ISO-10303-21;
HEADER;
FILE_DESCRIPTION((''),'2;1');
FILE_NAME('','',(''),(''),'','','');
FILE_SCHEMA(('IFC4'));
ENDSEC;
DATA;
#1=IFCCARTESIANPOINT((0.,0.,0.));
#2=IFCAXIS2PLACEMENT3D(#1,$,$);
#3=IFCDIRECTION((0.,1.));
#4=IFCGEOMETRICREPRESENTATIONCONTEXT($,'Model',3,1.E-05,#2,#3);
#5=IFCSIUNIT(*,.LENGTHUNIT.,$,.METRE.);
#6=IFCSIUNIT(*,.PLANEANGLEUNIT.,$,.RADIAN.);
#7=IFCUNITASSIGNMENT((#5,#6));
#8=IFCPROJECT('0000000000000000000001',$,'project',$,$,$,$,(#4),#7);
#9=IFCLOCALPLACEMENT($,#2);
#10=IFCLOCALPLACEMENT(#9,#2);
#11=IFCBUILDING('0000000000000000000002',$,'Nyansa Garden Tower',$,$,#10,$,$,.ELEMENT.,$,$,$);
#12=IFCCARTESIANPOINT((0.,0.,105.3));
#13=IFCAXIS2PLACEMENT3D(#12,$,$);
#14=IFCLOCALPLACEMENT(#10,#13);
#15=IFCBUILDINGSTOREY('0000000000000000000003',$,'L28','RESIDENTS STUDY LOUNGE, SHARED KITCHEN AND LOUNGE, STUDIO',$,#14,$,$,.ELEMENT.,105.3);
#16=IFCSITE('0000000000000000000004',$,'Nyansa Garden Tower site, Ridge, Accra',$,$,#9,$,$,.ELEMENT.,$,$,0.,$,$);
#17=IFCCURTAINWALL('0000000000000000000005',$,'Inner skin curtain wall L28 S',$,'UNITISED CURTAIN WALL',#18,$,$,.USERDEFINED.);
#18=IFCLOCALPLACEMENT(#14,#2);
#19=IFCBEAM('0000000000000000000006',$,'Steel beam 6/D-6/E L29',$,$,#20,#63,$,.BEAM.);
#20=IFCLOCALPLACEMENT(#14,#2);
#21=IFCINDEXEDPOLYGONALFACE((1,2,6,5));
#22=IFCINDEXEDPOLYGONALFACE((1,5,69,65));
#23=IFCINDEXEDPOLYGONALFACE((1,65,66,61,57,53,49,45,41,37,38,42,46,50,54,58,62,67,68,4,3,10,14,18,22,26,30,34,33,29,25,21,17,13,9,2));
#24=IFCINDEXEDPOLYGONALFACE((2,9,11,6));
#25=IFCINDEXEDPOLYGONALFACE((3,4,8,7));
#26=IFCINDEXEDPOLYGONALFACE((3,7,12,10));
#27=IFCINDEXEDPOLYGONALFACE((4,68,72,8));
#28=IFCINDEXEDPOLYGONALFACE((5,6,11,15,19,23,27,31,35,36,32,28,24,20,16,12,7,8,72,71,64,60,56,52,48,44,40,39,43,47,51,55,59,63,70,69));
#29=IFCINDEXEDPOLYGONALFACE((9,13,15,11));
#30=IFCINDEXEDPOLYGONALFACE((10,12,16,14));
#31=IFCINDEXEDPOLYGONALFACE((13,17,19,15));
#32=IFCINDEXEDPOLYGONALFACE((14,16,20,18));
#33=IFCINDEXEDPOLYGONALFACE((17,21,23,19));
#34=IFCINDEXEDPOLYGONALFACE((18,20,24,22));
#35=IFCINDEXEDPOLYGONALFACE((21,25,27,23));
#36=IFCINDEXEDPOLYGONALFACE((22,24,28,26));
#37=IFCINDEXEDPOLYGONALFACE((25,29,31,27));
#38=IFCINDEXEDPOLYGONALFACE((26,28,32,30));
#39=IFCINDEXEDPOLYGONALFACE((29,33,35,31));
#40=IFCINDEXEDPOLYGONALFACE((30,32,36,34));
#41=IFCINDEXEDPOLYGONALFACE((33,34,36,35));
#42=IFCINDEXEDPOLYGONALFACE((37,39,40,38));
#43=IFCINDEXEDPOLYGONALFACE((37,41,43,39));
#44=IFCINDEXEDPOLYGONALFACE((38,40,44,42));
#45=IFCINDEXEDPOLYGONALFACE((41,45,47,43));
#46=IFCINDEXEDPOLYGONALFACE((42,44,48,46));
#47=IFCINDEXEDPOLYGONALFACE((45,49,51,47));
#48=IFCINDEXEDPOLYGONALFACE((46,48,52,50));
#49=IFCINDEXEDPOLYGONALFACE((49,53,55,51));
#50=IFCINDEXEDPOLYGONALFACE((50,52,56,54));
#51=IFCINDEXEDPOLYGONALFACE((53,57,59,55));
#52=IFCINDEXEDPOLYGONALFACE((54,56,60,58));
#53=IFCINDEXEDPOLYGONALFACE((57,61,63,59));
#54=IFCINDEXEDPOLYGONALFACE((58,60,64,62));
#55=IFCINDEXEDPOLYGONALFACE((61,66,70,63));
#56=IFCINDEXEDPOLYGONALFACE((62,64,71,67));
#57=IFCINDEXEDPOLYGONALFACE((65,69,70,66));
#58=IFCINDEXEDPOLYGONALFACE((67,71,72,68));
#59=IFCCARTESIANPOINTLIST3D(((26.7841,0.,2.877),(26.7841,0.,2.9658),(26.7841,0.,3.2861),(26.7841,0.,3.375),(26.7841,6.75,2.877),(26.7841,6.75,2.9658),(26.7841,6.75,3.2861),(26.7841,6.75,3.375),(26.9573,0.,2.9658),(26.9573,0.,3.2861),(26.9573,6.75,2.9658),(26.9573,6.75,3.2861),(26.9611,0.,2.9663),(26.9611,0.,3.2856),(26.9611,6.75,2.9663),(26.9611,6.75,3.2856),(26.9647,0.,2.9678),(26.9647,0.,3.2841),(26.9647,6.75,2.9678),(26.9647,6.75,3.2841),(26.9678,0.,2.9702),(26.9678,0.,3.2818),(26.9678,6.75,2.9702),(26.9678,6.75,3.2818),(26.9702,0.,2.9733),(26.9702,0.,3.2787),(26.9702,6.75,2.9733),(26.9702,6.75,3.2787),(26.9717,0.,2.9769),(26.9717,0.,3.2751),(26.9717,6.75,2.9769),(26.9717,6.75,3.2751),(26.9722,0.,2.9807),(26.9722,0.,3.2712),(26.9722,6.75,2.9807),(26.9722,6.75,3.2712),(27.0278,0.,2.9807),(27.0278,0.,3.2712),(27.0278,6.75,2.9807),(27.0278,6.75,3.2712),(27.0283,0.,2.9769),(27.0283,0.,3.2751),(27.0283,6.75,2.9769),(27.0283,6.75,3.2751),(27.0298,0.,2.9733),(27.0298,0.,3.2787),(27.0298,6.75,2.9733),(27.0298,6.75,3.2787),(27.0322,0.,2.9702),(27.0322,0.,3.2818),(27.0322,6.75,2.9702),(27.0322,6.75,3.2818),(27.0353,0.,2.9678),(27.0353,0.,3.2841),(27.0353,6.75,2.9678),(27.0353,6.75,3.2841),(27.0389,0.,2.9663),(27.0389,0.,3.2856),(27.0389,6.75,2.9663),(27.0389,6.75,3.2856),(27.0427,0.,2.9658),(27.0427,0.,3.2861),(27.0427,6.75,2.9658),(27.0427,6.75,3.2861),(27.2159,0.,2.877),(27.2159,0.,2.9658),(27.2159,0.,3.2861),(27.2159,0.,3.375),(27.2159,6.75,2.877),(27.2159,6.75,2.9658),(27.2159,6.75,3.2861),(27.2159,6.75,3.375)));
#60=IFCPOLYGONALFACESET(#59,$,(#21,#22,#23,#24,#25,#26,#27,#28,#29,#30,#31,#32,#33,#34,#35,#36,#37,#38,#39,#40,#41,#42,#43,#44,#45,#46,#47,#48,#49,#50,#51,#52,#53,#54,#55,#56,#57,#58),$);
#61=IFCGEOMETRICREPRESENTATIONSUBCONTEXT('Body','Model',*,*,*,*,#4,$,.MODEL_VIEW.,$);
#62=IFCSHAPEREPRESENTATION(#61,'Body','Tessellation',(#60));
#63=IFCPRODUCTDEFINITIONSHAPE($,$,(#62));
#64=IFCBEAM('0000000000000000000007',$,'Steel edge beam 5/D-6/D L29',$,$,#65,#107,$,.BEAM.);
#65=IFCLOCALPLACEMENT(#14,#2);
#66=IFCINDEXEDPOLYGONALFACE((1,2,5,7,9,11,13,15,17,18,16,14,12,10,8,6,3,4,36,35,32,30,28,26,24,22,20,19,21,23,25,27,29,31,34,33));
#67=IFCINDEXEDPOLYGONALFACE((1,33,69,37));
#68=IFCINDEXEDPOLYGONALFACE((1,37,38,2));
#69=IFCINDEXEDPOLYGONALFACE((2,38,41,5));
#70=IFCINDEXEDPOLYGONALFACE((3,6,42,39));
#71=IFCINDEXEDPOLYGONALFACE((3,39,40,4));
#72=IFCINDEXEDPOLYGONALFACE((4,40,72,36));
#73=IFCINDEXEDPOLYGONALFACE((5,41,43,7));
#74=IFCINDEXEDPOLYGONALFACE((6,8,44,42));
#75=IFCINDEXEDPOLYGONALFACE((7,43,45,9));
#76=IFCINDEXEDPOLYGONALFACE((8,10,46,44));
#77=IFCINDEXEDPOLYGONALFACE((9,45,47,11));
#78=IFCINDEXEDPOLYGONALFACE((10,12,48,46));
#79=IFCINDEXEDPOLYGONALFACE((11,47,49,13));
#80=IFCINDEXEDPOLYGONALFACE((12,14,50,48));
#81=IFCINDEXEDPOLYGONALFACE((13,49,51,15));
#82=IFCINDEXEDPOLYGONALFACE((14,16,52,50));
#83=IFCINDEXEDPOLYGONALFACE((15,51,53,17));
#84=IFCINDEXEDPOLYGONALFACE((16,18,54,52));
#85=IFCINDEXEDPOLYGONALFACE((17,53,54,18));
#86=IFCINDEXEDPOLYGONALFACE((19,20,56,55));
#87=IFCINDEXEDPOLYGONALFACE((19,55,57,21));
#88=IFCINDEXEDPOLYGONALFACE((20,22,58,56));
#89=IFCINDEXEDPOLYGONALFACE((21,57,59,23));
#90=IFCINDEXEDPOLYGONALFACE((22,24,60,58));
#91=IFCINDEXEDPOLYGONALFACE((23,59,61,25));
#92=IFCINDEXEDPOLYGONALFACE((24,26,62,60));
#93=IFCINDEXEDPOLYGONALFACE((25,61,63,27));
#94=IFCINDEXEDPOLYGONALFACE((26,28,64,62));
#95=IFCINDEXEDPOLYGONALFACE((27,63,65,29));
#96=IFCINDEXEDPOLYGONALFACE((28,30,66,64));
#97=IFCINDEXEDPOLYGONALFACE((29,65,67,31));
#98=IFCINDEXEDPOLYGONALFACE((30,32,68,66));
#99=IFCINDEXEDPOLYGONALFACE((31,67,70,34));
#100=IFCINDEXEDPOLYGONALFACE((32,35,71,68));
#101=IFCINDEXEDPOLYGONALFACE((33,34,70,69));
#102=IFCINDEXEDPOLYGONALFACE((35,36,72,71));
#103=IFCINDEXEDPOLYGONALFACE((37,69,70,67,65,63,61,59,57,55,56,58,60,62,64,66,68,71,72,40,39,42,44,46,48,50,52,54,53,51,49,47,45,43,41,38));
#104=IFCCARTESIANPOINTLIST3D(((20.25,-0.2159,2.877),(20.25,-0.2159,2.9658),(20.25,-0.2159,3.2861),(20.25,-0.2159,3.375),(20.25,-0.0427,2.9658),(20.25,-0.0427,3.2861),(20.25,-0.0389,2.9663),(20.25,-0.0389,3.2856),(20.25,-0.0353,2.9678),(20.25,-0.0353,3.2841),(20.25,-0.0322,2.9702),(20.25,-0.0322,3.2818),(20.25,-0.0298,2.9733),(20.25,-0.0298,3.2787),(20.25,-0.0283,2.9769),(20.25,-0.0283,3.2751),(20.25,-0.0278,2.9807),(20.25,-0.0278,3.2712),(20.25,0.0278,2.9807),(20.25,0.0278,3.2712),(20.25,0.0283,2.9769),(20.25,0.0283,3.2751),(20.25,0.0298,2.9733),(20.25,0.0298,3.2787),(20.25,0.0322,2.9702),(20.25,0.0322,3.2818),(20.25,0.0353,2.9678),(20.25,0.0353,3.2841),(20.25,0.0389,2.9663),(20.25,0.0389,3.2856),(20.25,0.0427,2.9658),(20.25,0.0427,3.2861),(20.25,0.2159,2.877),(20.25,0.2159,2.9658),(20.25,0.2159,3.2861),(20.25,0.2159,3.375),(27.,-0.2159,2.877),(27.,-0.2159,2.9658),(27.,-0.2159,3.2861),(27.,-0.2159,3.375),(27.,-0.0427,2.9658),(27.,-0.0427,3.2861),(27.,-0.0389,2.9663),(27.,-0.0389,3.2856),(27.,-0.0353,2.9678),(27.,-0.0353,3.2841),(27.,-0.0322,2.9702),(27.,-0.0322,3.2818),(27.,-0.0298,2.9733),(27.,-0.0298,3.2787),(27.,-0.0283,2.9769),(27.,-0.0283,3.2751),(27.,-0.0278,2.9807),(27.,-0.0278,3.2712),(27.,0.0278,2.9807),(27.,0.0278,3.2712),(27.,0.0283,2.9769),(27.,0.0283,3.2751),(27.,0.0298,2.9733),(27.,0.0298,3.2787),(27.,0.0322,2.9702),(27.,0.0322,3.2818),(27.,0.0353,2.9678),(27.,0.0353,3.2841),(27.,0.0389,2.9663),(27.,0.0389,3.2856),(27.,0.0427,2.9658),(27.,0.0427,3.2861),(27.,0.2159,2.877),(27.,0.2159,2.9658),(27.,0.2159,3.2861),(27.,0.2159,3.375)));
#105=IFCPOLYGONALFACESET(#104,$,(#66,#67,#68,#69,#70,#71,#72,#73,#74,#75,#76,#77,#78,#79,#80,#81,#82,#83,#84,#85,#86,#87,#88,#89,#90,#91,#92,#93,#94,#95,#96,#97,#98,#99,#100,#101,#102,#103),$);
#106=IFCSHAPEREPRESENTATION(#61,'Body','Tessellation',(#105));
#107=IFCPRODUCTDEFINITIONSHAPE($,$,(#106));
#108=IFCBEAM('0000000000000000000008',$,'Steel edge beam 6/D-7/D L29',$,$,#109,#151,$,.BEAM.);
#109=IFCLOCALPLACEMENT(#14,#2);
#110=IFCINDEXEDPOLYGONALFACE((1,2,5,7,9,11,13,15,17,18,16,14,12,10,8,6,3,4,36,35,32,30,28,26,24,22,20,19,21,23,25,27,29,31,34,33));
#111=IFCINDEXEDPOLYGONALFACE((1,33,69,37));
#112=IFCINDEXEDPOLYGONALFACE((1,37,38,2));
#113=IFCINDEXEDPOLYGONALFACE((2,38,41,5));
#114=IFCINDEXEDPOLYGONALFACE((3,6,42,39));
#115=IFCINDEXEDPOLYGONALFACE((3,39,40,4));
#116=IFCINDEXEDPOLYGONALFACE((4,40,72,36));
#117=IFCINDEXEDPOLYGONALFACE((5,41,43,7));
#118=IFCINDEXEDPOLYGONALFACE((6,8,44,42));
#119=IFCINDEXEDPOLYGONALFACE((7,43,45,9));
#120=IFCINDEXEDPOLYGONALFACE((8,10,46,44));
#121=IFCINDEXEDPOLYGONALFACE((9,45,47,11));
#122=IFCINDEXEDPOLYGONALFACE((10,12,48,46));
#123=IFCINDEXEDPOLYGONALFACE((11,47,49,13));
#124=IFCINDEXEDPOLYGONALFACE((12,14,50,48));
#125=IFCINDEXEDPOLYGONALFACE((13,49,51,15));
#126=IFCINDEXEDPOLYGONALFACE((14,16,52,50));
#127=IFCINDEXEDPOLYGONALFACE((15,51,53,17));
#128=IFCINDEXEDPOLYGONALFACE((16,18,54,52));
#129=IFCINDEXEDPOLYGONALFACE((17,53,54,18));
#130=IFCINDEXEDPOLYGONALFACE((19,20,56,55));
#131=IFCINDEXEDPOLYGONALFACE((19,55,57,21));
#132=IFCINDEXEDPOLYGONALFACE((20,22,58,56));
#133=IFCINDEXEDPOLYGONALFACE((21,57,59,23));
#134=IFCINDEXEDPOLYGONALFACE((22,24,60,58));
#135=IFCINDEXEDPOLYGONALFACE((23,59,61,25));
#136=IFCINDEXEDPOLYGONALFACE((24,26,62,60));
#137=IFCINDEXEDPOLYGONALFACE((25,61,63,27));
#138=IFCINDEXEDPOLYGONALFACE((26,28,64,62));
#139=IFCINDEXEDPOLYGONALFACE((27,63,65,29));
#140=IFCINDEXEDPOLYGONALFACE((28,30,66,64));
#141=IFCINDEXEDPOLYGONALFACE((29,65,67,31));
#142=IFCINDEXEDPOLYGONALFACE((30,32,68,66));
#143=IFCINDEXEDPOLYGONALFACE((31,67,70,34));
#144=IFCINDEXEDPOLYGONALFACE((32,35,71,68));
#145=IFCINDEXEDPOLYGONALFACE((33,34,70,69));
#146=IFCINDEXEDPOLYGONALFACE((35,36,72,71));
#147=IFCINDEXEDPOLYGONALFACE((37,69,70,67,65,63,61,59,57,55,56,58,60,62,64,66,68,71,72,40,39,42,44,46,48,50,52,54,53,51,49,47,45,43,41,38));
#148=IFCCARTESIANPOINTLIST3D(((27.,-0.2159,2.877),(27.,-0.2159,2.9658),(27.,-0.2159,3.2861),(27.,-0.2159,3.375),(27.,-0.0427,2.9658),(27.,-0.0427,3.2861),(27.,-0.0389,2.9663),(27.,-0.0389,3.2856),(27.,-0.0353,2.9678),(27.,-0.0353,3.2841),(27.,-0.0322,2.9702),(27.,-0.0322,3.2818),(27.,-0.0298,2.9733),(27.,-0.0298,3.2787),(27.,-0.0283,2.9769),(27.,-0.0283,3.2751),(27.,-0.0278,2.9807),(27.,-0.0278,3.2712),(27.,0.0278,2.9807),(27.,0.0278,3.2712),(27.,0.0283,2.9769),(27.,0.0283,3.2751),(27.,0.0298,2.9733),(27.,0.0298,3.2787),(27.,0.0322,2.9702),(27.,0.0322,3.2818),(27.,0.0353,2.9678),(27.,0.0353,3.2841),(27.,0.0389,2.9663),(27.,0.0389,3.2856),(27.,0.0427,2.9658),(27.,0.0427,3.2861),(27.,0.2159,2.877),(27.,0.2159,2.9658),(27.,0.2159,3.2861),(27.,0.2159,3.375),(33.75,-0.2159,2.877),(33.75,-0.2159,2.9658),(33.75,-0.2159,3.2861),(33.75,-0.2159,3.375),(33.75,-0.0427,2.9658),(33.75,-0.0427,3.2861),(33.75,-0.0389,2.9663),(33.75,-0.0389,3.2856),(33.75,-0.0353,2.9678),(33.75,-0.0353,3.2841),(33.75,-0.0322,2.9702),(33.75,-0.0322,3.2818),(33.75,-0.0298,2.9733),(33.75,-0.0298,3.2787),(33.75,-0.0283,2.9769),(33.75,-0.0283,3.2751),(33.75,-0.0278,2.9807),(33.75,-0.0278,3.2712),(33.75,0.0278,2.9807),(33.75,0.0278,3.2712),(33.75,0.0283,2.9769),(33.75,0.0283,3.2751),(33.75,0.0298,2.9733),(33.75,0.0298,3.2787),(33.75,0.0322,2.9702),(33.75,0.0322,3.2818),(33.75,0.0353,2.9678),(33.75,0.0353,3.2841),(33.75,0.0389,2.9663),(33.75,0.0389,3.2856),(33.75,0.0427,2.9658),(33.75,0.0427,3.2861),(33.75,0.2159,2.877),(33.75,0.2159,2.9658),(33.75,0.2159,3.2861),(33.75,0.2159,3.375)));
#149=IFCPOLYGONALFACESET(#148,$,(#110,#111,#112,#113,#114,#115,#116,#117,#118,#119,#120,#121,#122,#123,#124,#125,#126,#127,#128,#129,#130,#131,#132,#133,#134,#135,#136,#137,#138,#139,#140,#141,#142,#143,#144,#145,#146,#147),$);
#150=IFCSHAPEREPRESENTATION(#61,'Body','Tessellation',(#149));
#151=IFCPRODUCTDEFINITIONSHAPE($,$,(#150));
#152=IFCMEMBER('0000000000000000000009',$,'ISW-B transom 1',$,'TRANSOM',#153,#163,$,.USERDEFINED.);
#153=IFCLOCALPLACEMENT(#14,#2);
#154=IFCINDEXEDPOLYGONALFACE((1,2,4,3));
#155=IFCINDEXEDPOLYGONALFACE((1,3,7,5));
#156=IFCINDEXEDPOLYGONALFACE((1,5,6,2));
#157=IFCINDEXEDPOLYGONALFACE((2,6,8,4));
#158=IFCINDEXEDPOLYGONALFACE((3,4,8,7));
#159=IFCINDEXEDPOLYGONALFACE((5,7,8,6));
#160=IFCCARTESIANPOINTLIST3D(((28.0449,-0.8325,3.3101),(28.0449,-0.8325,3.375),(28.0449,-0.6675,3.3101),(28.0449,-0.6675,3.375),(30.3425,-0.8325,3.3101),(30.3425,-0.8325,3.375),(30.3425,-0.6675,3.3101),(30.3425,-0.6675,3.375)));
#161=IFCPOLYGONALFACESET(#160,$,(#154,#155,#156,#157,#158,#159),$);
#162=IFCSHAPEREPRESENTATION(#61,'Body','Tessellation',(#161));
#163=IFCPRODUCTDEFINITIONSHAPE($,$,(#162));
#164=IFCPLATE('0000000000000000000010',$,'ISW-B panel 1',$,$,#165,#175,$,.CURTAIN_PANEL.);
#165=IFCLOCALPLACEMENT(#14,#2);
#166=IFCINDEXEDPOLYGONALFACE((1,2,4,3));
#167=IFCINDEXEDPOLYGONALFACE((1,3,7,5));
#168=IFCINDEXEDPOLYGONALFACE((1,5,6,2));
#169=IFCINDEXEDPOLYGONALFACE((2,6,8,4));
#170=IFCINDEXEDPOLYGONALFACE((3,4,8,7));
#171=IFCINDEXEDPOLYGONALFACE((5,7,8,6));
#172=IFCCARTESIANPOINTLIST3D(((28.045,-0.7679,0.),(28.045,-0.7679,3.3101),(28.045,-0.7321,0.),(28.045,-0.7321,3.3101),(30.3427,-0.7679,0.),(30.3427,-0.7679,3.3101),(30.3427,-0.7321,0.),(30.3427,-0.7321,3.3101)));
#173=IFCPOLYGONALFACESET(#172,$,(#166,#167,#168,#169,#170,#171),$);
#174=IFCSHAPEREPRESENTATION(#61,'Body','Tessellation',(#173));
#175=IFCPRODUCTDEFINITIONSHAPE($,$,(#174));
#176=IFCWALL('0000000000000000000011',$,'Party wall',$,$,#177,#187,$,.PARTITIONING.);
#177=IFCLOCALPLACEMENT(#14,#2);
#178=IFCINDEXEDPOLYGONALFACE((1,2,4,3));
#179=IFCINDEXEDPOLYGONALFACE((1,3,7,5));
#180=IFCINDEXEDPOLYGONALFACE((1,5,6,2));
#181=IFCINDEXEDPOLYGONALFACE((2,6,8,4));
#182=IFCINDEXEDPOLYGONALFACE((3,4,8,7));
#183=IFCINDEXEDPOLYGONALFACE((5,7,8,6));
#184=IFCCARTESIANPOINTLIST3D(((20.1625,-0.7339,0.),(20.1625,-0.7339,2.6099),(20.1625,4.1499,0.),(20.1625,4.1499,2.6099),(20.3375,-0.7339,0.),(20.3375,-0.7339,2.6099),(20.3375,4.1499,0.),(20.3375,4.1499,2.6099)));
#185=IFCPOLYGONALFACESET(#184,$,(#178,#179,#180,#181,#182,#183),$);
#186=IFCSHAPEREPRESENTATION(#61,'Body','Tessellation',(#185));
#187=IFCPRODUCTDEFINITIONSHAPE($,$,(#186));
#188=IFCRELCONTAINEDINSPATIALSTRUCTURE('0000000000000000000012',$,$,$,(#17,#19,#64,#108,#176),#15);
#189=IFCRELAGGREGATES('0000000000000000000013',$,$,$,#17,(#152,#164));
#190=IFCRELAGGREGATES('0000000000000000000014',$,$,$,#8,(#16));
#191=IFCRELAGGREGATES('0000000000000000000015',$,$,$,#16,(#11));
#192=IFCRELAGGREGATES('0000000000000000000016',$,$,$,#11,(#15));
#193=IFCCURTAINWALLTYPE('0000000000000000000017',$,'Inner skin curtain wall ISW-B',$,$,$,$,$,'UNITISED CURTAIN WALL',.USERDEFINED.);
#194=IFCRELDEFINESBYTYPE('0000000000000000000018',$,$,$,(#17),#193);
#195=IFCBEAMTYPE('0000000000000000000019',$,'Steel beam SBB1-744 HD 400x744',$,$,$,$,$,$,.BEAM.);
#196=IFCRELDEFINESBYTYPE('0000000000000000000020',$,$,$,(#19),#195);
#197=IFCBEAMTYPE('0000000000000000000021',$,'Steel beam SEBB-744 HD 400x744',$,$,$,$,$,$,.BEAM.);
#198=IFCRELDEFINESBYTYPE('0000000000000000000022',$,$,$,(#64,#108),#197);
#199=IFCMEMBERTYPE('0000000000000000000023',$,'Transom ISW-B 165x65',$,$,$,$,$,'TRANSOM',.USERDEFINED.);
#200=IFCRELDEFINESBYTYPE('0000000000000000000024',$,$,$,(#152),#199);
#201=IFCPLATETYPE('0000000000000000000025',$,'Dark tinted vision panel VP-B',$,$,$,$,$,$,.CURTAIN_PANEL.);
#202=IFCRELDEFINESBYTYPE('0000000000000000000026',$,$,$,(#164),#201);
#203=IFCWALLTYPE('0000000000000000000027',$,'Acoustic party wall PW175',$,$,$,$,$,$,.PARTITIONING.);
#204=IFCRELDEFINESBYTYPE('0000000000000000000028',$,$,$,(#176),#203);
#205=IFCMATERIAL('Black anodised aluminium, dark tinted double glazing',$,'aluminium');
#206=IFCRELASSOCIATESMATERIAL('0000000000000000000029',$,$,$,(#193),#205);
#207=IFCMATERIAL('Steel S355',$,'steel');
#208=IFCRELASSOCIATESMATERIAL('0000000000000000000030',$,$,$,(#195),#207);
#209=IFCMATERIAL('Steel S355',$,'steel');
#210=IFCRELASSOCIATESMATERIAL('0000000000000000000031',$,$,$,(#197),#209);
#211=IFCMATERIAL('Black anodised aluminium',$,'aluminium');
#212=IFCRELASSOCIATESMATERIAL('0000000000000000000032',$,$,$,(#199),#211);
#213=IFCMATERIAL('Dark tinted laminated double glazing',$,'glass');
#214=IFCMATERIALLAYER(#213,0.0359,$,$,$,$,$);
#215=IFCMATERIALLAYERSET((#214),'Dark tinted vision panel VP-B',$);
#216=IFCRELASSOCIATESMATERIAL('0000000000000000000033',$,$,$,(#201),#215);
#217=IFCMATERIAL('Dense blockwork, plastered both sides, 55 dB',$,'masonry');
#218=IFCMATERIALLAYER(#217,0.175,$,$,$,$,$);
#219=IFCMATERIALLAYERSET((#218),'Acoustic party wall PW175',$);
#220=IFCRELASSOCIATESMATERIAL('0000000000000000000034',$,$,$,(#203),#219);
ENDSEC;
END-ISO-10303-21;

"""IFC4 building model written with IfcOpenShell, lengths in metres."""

from ifc_helpers import new_model, si_unit, direction, frame, frame_2d, origin, origin_2d, place, context, subcontext, project, spatial, rectangle, i_section, extrude, material, layer, layer_set, material_profile, profile_set, type_object, element, aggregate, save


model = new_model("IFC4")

# Units and contexts
model_context = context("Model", 3, precision=1e-05, world=origin(), true_north=direction((0.0, 1.0)))
body_context = subcontext(model_context, "Body", "Model", "MODEL_VIEW")
ifc_project = project(units=[si_unit("LENGTHUNIT", "METRE"), si_unit("PLANEANGLEUNIT", "RADIAN")], contexts=[model_context])

# Site, building, storey
site_placement = place(None, origin())
site = spatial("IfcSite", under=ifc_project, at=site_placement, Name="Nyansa Garden Tower site, Ridge, Accra", CompositionType="ELEMENT", RefElevation=0.0)
building_placement = place(site_placement, origin())
building = spatial("IfcBuilding", under=site, at=building_placement, Name="Nyansa Garden Tower", CompositionType="ELEMENT")
storey_placement = place(building_placement, frame((0.0, 0.0, 105.3)))
storey = spatial("IfcBuildingStorey", under=building, at=storey_placement, Name="L28", Description="RESIDENTS STUDY LOUNGE, SHARED KITCHEN AND LOUNGE, STUDIO", CompositionType="ELEMENT", Elevation=105.3)

# Shared definitions
ifc_material_1 = material(Name="Black anodised aluminium, dark tinted double glazing", Category="aluminium")
curtain_wall_type = type_object("IfcCurtainWallType", Name="Inner skin curtain wall ISW-B", ElementType="UNITISED CURTAIN WALL", PredefinedType="USERDEFINED", material=ifc_material_1)

# Curtain wall
curtain_wall_1_placement = place(storey_placement, origin())
curtain_wall_1 = element("IfcCurtainWall", 1, at=curtain_wall_1_placement, inside=storey, type_object=curtain_wall_type, Name="Inner skin curtain wall L28 S", ObjectType="UNITISED CURTAIN WALL", PredefinedType="USERDEFINED")

# Beams
ifc_material_2 = material(Name="Steel S355", Category="steel")
ifc_material_profile_1 = material_profile(ifc_material_2, i_section(OverallWidth=0.4319, OverallDepth=0.498, WebThickness=0.0557, FlangeThickness=0.0889, FilletRadius=0.0149, at=origin_2d()), Name="HD 400x744")
ifc_profile_set_1 = profile_set([ifc_material_profile_1], Name="Steel S355")
beam_type_1 = type_object("IfcBeamType", Name="Steel beam SBB1-744 HD 400x744", PredefinedType="BEAM", material=ifc_profile_set_1)
for number, where, z_axis, x_axis, name in (
    (2, (27.0, 0.0, 3.126), (0.0, 1.0, 0.0), (-1.0, 0.0, 0.0), "Steel beam 6/D-6/E L29"),
):
    element("IfcBeam", number, at=place(storey_placement, frame(where, z_axis=z_axis, x_axis=x_axis)), inside=storey, type_object=beam_type_1, Name=name, PredefinedType="BEAM", context=body_context, shape_type="SweptSolid", body=[
        extrude(i_section(OverallWidth=0.4319, OverallDepth=0.498, WebThickness=0.0557, FlangeThickness=0.0889, FilletRadius=0.0149, at=origin_2d()), origin(), (0.0, 0.0, 1.0), 6.75),
    ])
ifc_material_3 = material(Name="Steel S355", Category="steel")
ifc_material_profile_2 = material_profile(ifc_material_3, i_section(OverallWidth=0.4319, OverallDepth=0.498, WebThickness=0.0557, FlangeThickness=0.0889, FilletRadius=0.0149, at=origin_2d()), Name="HD 400x744")
ifc_profile_set_2 = profile_set([ifc_material_profile_2], Name="Steel S355")
beam_type_2 = type_object("IfcBeamType", Name="Steel beam SEBB-744 HD 400x744", PredefinedType="BEAM", material=ifc_profile_set_2)
for number, where, z_axis, x_axis, name in (
    (3, (20.25, 0.0, 3.126), (1.0, 0.0, 0.0), (0.0, 1.0, 0.0), "Steel edge beam 5/D-6/D L29"),
    (4, (27.0, 0.0, 3.126), (1.0, 0.0, 0.0), (0.0, 1.0, 0.0), "Steel edge beam 6/D-7/D L29"),
):
    element("IfcBeam", number, at=place(storey_placement, frame(where, z_axis=z_axis, x_axis=x_axis)), inside=storey, type_object=beam_type_2, Name=name, PredefinedType="BEAM", context=body_context, shape_type="SweptSolid", body=[
        extrude(i_section(OverallWidth=0.4319, OverallDepth=0.498, WebThickness=0.0557, FlangeThickness=0.0889, FilletRadius=0.0149, at=origin_2d()), origin(), (0.0, 0.0, 1.0), 6.75),
    ])

# Member
ifc_material_4 = material(Name="Black anodised aluminium", Category="aluminium")
ifc_material_profile_3 = material_profile(ifc_material_4, rectangle(XDim=0.165, YDim=0.0649, at=origin_2d()), Name="Transom 165x65")
ifc_profile_set_3 = profile_set([ifc_material_profile_3], Name="Black anodised aluminium")
member_type_1 = type_object("IfcMemberType", Name="Transom ISW-B 165x65", ElementType="TRANSOM", PredefinedType="USERDEFINED", material=ifc_profile_set_3)
member_1_placement = place(storey_placement, frame((28.0449, -0.75, 3.3425), z_axis=(1.0, 0.0, 0.0), x_axis=(0.0, 1.0, 0.0)))
member_1 = element("IfcMember", 5, at=member_1_placement, type_object=member_type_1, Name="ISW-B transom 1", ObjectType="TRANSOM", PredefinedType="USERDEFINED", context=body_context, shape_type="SweptSolid", body=[
    extrude(rectangle(XDim=0.165, YDim=0.0649, at=origin_2d()), origin(), (0.0, 0.0, 1.0), 2.2976),
])

# Plate
ifc_material_5 = material(Name="Dark tinted laminated double glazing", Category="glass")
ifc_layer_1 = layer(ifc_material_5, 0.0359)
ifc_layer_set_1 = layer_set([ifc_layer_1], Name="Dark tinted vision panel VP-B")
plate_type = type_object("IfcPlateType", Name="Dark tinted vision panel VP-B", PredefinedType="CURTAIN_PANEL", material=ifc_layer_set_1)
plate_placement = place(storey_placement, frame((29.1938, -0.75, 0.0), z_axis=(0.0, 0.0, 1.0), x_axis=(1.0, 0.0, 0.0)))
plate = element("IfcPlate", 6, at=plate_placement, type_object=plate_type, Name="ISW-B panel 1", PredefinedType="CURTAIN_PANEL", context=body_context, shape_type="SweptSolid", body=[
    extrude(rectangle(XDim=2.2976, YDim=0.0359, at=origin_2d()), origin(), (0.0, 0.0, 1.0), 3.3101),
])
aggregate(curtain_wall_1, [member_1, plate])

# Wall
ifc_material_6 = material(Name="Dense blockwork, plastered both sides, 55 dB", Category="masonry")
ifc_layer_2 = layer(ifc_material_6, 0.175)
ifc_layer_set_2 = layer_set([ifc_layer_2], Name="Acoustic party wall PW175")
wall_type_1 = type_object("IfcWallType", Name="Acoustic party wall PW175", PredefinedType="PARTITIONING", material=ifc_layer_set_2)
wall_1_placement = place(storey_placement, frame((20.25, -0.7339, 0.0), z_axis=(0.0, 0.0, 1.0), x_axis=(0.0, 1.0, 0.0)))
element("IfcWall", 7, at=wall_1_placement, inside=storey, type_object=wall_type_1, Name="Party wall", PredefinedType="PARTITIONING", context=body_context, shape_type="SweptSolid", body=[
    extrude(rectangle(XDim=4.8838, YDim=0.175, at=frame_2d((2.4419, 0.0))), origin(), (0.0, 0.0, 1.0), 2.6099),
])

save(model, "model.ifc")
